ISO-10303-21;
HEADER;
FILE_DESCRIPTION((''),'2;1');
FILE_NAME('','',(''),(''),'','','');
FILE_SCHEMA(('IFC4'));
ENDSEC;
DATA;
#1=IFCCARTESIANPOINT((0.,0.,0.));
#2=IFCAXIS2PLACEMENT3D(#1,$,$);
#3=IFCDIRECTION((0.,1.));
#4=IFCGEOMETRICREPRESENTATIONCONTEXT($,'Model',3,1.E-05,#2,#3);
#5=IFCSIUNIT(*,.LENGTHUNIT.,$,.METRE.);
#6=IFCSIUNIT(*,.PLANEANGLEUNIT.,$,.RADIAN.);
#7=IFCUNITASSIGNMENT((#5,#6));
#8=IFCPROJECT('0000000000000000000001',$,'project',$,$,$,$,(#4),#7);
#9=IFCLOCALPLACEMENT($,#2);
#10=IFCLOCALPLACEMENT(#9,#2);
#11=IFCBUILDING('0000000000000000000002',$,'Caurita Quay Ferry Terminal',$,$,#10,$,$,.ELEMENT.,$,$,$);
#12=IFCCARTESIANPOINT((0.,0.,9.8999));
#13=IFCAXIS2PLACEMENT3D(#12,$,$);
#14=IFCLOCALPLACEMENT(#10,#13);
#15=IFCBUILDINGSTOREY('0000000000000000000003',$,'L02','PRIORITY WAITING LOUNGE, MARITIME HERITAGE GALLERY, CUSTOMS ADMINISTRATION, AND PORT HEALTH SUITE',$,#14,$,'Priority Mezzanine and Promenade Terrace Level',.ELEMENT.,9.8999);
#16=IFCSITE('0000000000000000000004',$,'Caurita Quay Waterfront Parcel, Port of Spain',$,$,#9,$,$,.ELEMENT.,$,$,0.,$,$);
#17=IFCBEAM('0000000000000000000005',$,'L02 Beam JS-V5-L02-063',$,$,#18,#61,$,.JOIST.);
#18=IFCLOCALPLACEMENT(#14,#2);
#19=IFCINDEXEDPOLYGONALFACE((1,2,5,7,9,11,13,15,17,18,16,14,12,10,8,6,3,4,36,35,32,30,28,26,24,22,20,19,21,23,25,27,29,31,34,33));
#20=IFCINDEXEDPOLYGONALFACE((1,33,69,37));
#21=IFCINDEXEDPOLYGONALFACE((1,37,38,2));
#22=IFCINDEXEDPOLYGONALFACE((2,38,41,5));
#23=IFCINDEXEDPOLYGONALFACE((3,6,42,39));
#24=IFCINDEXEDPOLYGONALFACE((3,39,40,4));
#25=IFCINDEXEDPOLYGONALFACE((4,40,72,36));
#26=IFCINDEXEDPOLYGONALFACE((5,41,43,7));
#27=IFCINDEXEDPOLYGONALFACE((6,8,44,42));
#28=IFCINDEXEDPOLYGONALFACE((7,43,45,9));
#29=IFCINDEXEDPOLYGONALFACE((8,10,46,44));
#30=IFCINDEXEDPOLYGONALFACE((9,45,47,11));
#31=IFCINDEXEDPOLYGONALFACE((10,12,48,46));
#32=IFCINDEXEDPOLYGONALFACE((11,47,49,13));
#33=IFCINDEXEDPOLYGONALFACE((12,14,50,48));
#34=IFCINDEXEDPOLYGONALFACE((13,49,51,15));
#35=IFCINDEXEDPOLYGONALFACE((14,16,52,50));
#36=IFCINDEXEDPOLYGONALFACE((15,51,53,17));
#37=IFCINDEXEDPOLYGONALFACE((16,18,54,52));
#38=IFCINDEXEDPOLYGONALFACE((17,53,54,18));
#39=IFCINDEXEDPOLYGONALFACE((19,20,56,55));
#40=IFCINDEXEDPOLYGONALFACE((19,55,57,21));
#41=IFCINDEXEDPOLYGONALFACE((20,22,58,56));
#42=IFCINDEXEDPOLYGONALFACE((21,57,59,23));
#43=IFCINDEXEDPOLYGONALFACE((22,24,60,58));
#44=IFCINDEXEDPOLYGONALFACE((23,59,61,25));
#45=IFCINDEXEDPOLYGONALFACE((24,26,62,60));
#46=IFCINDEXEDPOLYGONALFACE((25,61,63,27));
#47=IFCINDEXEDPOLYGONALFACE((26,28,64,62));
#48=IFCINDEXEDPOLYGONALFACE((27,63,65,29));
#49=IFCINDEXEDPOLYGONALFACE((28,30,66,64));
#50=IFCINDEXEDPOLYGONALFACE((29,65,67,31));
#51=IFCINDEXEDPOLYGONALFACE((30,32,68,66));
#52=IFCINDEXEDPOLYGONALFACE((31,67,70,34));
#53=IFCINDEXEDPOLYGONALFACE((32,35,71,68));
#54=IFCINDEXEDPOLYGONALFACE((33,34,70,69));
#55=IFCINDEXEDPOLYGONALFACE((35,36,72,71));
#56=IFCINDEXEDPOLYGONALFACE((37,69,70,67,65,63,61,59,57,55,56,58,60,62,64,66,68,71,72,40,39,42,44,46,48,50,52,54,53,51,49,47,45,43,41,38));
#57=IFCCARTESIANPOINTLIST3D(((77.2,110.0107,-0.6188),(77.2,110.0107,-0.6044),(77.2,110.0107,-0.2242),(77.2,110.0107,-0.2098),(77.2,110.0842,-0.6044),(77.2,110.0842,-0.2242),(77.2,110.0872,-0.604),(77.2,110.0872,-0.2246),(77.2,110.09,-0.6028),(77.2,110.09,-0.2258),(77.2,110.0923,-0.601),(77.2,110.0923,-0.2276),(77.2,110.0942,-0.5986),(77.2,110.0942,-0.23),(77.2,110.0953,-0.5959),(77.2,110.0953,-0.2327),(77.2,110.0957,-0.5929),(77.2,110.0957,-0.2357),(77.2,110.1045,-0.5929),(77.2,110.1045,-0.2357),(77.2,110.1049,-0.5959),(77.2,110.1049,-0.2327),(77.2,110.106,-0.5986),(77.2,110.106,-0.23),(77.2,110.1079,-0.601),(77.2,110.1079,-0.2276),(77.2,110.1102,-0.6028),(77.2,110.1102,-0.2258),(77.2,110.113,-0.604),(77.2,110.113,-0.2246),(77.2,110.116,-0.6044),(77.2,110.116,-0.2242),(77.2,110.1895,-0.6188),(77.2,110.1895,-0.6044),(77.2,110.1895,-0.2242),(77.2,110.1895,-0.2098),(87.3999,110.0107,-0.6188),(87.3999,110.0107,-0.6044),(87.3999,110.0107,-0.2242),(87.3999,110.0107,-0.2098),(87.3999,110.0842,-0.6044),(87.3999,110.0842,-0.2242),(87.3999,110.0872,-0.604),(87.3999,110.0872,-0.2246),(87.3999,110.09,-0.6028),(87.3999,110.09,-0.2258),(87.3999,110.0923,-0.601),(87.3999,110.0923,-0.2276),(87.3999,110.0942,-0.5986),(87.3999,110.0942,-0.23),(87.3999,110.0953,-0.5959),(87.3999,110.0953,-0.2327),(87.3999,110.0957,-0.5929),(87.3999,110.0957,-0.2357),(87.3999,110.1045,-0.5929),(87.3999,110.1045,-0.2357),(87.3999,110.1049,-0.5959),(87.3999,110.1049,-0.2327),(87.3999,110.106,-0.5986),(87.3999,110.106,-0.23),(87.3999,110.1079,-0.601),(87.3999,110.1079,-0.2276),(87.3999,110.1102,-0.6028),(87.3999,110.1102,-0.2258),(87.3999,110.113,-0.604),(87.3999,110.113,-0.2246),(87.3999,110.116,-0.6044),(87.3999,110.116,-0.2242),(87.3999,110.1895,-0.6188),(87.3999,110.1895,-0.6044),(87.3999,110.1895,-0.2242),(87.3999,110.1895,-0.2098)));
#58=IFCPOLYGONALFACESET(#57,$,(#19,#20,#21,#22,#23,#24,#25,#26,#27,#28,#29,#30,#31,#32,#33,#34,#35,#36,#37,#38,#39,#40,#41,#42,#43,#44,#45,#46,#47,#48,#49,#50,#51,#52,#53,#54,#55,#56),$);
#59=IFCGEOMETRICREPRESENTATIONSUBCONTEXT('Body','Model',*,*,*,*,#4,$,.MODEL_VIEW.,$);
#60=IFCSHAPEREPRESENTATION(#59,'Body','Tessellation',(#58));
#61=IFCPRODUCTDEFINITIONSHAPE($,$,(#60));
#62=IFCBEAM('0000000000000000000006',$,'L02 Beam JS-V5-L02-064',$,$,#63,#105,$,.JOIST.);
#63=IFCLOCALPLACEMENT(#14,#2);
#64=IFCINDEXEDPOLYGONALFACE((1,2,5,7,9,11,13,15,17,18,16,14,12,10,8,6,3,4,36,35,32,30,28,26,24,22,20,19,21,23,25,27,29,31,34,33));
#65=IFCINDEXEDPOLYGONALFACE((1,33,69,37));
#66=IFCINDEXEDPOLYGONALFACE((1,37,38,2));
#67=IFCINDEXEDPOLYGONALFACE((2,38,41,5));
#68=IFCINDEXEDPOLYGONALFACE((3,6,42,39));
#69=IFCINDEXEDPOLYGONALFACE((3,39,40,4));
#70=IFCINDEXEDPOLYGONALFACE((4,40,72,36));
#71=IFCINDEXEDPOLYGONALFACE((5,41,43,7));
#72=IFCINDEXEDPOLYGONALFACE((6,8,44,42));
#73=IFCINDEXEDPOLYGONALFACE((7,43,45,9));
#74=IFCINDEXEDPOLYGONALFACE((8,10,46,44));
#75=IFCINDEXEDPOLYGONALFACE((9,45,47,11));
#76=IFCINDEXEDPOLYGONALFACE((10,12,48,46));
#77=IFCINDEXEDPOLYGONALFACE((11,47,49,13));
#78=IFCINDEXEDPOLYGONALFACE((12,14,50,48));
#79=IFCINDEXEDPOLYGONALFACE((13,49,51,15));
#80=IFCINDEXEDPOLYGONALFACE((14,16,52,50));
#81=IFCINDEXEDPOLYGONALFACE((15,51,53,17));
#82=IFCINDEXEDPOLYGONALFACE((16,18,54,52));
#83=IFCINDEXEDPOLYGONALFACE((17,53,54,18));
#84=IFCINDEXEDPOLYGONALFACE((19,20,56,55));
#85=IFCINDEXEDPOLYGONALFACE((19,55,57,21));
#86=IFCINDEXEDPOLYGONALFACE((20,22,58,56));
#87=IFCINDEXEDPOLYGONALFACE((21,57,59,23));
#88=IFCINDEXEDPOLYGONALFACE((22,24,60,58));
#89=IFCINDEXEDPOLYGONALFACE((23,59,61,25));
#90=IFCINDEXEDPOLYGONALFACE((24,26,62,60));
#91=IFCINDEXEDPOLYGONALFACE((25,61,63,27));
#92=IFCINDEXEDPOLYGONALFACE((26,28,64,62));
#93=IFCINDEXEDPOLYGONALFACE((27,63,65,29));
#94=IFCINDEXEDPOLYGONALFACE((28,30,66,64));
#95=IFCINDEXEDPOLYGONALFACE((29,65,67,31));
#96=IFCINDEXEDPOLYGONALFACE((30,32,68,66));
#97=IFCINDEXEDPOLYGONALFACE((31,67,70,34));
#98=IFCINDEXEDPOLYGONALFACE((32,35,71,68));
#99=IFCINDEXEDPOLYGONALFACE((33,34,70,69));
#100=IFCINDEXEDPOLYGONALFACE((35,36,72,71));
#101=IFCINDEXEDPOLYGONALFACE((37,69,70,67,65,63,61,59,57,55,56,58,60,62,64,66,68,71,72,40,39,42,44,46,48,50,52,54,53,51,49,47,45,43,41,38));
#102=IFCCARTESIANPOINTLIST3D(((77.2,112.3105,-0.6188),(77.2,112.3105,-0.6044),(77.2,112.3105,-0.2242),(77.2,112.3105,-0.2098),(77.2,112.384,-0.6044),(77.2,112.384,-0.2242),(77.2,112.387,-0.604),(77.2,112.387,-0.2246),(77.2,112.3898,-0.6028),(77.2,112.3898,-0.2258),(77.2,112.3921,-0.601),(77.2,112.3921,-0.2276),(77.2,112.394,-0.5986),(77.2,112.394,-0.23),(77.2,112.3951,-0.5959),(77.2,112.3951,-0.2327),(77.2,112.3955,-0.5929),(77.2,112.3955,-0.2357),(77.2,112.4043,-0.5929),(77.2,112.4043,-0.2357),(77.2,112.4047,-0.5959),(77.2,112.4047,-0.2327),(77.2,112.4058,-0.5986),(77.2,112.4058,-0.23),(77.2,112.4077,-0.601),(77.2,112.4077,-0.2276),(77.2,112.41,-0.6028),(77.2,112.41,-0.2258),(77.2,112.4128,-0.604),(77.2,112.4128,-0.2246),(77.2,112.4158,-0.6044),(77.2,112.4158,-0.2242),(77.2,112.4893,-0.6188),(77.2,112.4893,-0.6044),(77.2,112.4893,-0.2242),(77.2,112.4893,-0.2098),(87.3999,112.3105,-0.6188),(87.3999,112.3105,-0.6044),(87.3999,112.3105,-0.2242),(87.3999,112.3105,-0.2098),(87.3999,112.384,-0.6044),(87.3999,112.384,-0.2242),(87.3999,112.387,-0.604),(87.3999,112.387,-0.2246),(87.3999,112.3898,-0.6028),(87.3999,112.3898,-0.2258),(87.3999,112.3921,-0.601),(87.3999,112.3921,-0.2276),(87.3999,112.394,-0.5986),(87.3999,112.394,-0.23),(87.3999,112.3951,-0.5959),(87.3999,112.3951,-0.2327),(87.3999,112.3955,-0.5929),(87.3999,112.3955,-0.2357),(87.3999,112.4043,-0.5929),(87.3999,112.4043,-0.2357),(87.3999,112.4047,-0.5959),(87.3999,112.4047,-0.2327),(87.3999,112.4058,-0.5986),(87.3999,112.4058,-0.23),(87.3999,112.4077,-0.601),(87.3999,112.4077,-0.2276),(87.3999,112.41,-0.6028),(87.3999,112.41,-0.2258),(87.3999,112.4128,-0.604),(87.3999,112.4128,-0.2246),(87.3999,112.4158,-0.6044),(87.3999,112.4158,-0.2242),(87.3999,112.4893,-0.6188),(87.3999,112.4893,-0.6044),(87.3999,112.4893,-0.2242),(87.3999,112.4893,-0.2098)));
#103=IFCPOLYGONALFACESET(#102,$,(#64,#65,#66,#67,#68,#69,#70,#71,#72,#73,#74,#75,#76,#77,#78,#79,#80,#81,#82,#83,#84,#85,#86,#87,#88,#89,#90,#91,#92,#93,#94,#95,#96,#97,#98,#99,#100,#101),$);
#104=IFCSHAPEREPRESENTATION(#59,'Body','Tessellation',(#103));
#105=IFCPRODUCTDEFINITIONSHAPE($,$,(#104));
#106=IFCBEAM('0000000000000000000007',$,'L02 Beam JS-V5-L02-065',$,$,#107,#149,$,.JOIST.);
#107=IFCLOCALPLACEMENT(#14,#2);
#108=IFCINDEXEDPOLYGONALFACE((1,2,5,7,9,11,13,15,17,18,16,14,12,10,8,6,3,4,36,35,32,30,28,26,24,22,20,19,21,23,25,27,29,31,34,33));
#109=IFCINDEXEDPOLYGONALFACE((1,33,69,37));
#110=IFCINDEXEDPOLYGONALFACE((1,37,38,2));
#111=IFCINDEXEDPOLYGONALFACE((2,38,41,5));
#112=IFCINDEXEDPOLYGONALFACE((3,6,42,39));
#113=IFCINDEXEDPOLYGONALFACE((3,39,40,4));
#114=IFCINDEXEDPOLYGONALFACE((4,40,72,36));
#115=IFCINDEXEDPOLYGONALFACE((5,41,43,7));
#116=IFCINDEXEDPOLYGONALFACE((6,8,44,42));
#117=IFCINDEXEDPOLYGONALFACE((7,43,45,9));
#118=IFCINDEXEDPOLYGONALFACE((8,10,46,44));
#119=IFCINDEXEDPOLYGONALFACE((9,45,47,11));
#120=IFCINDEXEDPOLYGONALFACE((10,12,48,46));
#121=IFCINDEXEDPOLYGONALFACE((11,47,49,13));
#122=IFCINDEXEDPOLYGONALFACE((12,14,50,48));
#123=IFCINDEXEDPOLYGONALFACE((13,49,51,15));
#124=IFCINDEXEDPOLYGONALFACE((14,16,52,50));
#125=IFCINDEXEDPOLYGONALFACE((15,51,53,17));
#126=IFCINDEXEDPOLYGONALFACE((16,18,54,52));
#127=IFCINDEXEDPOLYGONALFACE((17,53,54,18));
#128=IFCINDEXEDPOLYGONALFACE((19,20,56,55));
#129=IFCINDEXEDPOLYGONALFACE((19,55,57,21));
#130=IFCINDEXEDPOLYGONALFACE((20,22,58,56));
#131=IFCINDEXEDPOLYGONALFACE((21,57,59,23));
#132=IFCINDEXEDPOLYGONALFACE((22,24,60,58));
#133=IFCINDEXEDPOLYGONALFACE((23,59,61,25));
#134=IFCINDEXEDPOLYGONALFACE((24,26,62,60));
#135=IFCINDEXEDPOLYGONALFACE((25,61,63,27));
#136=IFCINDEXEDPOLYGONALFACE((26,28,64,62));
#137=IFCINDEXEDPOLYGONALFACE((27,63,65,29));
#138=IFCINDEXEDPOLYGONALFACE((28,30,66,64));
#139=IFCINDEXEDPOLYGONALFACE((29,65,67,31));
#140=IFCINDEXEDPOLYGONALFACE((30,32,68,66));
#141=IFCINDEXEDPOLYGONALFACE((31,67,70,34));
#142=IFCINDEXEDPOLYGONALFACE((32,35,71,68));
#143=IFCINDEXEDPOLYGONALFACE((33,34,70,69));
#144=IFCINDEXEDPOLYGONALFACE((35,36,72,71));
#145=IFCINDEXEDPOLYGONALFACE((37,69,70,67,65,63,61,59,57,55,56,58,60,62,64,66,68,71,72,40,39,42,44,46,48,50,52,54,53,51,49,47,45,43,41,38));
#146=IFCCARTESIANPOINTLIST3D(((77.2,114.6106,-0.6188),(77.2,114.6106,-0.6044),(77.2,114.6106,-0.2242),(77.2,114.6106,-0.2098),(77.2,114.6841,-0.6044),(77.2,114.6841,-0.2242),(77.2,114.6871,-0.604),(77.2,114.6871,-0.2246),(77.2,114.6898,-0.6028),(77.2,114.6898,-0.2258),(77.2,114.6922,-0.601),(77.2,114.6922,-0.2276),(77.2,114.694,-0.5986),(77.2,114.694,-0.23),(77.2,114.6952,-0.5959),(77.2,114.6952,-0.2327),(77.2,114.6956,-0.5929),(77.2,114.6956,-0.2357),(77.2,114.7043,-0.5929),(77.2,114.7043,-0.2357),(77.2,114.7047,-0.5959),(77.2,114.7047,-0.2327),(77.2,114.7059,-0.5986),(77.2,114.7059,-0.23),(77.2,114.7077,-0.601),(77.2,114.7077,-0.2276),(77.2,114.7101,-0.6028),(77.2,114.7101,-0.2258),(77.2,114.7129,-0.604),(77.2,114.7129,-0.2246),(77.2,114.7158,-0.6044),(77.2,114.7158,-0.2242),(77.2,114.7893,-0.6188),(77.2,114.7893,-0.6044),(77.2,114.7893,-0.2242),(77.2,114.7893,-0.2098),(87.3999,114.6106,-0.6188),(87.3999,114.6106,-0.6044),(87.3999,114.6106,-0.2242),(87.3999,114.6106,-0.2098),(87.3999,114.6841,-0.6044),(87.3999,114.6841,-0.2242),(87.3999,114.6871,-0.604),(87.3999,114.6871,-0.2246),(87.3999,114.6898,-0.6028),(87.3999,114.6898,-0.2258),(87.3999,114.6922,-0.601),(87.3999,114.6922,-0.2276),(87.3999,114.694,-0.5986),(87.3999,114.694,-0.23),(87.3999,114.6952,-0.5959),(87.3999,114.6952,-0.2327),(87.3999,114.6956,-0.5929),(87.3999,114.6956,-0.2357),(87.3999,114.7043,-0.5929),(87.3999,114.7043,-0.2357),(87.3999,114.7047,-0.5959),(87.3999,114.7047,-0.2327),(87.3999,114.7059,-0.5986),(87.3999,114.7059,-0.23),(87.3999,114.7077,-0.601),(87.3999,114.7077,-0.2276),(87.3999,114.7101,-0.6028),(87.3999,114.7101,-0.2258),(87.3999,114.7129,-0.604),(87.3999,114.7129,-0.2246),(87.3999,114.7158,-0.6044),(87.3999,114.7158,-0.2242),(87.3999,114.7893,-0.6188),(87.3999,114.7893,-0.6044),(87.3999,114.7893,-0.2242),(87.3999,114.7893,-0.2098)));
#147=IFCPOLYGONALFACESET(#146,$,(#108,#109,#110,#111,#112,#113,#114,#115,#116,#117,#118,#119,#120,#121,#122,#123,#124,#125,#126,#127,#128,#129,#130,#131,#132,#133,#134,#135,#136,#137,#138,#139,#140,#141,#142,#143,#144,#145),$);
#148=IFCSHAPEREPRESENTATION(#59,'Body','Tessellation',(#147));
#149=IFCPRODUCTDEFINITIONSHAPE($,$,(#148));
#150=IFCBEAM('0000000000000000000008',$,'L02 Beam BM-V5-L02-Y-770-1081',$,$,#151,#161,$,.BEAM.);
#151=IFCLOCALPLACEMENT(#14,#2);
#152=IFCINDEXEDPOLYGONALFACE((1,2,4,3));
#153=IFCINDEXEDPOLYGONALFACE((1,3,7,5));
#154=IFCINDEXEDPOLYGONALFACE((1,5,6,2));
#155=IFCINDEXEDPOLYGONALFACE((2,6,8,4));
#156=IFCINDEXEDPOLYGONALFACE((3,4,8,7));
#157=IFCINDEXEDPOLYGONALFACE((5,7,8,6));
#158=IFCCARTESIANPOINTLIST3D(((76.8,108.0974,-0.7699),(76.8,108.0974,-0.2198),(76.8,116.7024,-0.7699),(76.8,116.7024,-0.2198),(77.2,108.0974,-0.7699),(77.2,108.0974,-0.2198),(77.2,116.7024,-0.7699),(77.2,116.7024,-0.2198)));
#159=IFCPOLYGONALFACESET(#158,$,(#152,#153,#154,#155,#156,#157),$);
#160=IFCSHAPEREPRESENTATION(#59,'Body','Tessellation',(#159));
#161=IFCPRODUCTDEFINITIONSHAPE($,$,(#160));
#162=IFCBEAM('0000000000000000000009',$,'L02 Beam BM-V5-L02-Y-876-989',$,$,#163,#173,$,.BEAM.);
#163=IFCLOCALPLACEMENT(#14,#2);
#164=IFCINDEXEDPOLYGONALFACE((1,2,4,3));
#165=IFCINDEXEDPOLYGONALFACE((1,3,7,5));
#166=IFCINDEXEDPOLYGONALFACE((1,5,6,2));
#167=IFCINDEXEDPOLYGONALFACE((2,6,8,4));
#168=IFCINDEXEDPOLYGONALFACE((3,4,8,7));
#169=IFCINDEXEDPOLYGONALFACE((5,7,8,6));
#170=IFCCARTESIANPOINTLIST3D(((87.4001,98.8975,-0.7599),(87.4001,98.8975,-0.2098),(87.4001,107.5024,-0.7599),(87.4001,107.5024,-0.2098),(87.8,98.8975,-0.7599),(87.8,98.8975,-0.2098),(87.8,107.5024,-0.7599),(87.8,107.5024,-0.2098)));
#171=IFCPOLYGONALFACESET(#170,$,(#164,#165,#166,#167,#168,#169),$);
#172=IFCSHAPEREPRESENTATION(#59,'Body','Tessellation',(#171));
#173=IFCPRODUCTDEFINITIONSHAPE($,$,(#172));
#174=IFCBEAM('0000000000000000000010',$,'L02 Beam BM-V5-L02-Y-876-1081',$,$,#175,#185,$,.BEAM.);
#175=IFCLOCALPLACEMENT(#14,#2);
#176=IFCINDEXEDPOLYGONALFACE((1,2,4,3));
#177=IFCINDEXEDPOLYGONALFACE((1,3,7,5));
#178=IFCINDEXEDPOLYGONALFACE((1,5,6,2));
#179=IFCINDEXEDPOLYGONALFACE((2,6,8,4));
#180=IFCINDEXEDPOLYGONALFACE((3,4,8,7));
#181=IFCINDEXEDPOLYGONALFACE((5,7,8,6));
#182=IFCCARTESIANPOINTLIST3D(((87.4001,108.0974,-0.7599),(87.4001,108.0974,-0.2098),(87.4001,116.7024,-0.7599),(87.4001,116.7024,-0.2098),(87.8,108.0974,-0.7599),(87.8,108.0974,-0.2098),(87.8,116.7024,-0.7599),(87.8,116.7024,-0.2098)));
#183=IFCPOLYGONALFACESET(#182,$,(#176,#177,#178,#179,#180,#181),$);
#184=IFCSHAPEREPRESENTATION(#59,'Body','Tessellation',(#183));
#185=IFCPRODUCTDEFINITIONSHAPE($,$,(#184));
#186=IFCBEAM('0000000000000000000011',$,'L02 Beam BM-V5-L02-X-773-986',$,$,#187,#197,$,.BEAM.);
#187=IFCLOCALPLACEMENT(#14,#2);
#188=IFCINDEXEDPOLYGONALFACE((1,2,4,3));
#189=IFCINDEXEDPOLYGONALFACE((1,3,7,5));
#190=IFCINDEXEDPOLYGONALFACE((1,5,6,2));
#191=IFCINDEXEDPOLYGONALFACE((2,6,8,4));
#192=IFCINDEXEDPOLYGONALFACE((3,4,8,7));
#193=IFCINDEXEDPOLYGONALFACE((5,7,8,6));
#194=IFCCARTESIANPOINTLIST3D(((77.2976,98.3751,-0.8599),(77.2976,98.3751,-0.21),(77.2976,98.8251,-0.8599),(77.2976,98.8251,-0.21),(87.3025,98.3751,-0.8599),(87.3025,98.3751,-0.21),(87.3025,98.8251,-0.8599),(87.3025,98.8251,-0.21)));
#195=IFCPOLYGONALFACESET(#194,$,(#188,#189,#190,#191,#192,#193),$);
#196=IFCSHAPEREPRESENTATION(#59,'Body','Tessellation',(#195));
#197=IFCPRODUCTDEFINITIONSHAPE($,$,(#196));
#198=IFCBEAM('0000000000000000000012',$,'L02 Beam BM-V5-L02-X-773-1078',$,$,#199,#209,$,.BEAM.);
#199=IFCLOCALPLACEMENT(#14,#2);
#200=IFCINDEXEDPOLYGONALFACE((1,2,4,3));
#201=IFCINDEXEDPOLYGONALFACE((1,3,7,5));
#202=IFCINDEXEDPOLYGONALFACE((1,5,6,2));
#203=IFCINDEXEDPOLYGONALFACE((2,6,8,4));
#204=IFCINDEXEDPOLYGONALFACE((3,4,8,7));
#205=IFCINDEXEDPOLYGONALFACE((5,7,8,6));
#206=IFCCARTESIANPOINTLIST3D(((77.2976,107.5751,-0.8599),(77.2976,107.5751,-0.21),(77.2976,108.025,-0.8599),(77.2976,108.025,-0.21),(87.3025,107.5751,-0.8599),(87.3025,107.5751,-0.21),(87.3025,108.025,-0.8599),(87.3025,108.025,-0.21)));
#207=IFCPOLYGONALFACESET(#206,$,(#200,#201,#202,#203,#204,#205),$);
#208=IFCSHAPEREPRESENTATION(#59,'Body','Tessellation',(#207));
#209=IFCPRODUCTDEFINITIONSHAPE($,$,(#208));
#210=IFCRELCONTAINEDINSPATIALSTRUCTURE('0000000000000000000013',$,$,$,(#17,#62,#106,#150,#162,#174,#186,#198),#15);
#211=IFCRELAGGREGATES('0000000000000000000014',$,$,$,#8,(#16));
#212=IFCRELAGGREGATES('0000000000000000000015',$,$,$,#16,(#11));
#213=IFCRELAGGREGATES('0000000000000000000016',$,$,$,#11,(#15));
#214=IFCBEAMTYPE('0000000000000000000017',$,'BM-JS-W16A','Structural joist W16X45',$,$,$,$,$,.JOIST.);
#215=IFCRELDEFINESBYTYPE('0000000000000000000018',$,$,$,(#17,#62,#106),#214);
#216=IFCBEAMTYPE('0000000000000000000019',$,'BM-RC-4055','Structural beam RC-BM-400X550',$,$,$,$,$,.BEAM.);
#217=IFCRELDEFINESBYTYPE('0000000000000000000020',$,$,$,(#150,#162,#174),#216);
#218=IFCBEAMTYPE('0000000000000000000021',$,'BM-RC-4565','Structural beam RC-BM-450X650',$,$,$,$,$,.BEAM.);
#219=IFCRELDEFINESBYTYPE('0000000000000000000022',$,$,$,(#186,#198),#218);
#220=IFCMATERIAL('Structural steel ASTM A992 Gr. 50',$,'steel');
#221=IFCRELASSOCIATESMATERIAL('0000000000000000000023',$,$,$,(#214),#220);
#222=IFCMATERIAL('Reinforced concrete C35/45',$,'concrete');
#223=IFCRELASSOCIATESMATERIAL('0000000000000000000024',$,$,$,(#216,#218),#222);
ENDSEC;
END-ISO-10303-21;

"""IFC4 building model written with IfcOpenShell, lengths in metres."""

from ifc_helpers import new_model, si_unit, direction, frame, origin, origin_2d, place, context, subcontext, project, spatial, rectangle, i_section, extrude, material, material_profile, profile_set, type_object, element, save


model = new_model("IFC4")

# Units and contexts
model_context = context("Model", 3, precision=1e-05, world=origin(), true_north=direction((0.0, 1.0)))
body_context = subcontext(model_context, "Body", "Model", "MODEL_VIEW")
ifc_project = project(units=[si_unit("LENGTHUNIT", "METRE"), si_unit("PLANEANGLEUNIT", "RADIAN")], contexts=[model_context])

# Site, building, storey
site_placement = place(None, origin())
site = spatial("IfcSite", under=ifc_project, at=site_placement, Name="Caurita Quay Waterfront Parcel, Port of Spain", CompositionType="ELEMENT", RefElevation=0.0)
building_placement = place(site_placement, origin())
building = spatial("IfcBuilding", under=site, at=building_placement, Name="Caurita Quay Ferry Terminal", CompositionType="ELEMENT")
storey_placement = place(building_placement, frame((0.0, 0.0, 9.8999)))
storey = spatial("IfcBuildingStorey", under=building, at=storey_placement, Name="L02", Description="PRIORITY WAITING LOUNGE, MARITIME HERITAGE GALLERY, CUSTOMS ADMINISTRATION, AND PORT HEALTH SUITE", LongName="Priority Mezzanine and Promenade Terrace Level", CompositionType="ELEMENT", Elevation=9.8999)

# Shared definitions
ifc_material_1 = material(Name="Reinforced concrete C35/45", Category="concrete")

# Beams
ifc_material_2 = material(Name="Structural steel ASTM A992 Gr. 50", Category="steel")
ifc_material_profile_1 = material_profile(ifc_material_2, i_section(OverallWidth=0.1787, OverallDepth=0.4089, WebThickness=0.0088, FlangeThickness=0.0144, FilletRadius=0.0115, at=origin_2d()), Name="W16X45")
ifc_profile_set_1 = profile_set([ifc_material_profile_1], Name="Structural steel ASTM A992 Gr. 50")
beam_type_1 = type_object("IfcBeamType", Name="BM-JS-W16A", Description="Structural joist W16X45", PredefinedType="JOIST", material=ifc_profile_set_1)
for number, where, z_axis, x_axis, name in (
    (1, (77.2, 110.1001, -0.4143), (1.0, 0.0, 0.0), (0.0, 1.0, 0.0), "L02 Beam JS-V5-L02-063"),
    (2, (77.2, 112.3999, -0.4143), (1.0, 0.0, 0.0), (0.0, 1.0, 0.0), "L02 Beam JS-V5-L02-064"),
    (3, (77.2, 114.7, -0.4143), (1.0, 0.0, 0.0), (0.0, 1.0, 0.0), "L02 Beam JS-V5-L02-065"),
):
    element("IfcBeam", number, at=place(storey_placement, frame(where, z_axis=z_axis, x_axis=x_axis)), inside=storey, type_object=beam_type_1, Name=name, PredefinedType="JOIST", context=body_context, shape_type="SweptSolid", body=[
        extrude(i_section(OverallWidth=0.1787, OverallDepth=0.4089, WebThickness=0.0088, FlangeThickness=0.0144, FilletRadius=0.0115, at=origin_2d()), origin(), (0.0, 0.0, 1.0), 10.2),
    ])
ifc_material_profile_2 = material_profile(ifc_material_1, rectangle(XDim=0.3999, YDim=0.55, at=origin_2d()), Name="RC-BM-400X550")
ifc_profile_set_2 = profile_set([ifc_material_profile_2], Name="Reinforced concrete C35/45")
beam_type_2 = type_object("IfcBeamType", Name="BM-RC-4055", Description="Structural beam RC-BM-400X550", PredefinedType="BEAM", material=ifc_profile_set_2)
for number, where, z_axis, x_axis, name in (
    (4, (77.0, 108.0974, -0.4949), (0.0, 1.0, 0.0), (-1.0, 0.0, 0.0), "L02 Beam BM-V5-L02-Y-770-1081"),
    (5, (87.6001, 98.8975, -0.4849), (0.0, 1.0, 0.0), (-1.0, 0.0, 0.0), "L02 Beam BM-V5-L02-Y-876-989"),
    (6, (87.6001, 108.0974, -0.4849), (0.0, 1.0, 0.0), (-1.0, 0.0, 0.0), "L02 Beam BM-V5-L02-Y-876-1081"),
):
    element("IfcBeam", number, at=place(storey_placement, frame(where, z_axis=z_axis, x_axis=x_axis)), inside=storey, type_object=beam_type_2, Name=name, PredefinedType="BEAM", context=body_context, shape_type="SweptSolid", body=[
        extrude(rectangle(XDim=0.3999, YDim=0.55, at=origin_2d()), origin(), (0.0, 0.0, 1.0), 8.605),
    ])
ifc_material_profile_3 = material_profile(ifc_material_1, rectangle(XDim=0.45, YDim=0.6499, at=origin_2d()), Name="RC-BM-450X650")
ifc_profile_set_3 = profile_set([ifc_material_profile_3], Name="Reinforced concrete C35/45")
beam_type_3 = type_object("IfcBeamType", Name="BM-RC-4565", Description="Structural beam RC-BM-450X650", PredefinedType="BEAM", material=ifc_profile_set_3)
for number, where, z_axis, x_axis, name in (
    (7, (77.2976, 98.6001, -0.5349), (1.0, 0.0, 0.0), (0.0, 1.0, 0.0), "L02 Beam BM-V5-L02-X-773-986"),
    (8, (77.2976, 107.8, -0.5349), (1.0, 0.0, 0.0), (0.0, 1.0, 0.0), "L02 Beam BM-V5-L02-X-773-1078"),
):
    element("IfcBeam", number, at=place(storey_placement, frame(where, z_axis=z_axis, x_axis=x_axis)), inside=storey, type_object=beam_type_3, Name=name, PredefinedType="BEAM", context=body_context, shape_type="SweptSolid", body=[
        extrude(rectangle(XDim=0.45, YDim=0.6499, at=origin_2d()), origin(), (0.0, 0.0, 1.0), 10.0049),
    ])

save(model, "model.ifc")
